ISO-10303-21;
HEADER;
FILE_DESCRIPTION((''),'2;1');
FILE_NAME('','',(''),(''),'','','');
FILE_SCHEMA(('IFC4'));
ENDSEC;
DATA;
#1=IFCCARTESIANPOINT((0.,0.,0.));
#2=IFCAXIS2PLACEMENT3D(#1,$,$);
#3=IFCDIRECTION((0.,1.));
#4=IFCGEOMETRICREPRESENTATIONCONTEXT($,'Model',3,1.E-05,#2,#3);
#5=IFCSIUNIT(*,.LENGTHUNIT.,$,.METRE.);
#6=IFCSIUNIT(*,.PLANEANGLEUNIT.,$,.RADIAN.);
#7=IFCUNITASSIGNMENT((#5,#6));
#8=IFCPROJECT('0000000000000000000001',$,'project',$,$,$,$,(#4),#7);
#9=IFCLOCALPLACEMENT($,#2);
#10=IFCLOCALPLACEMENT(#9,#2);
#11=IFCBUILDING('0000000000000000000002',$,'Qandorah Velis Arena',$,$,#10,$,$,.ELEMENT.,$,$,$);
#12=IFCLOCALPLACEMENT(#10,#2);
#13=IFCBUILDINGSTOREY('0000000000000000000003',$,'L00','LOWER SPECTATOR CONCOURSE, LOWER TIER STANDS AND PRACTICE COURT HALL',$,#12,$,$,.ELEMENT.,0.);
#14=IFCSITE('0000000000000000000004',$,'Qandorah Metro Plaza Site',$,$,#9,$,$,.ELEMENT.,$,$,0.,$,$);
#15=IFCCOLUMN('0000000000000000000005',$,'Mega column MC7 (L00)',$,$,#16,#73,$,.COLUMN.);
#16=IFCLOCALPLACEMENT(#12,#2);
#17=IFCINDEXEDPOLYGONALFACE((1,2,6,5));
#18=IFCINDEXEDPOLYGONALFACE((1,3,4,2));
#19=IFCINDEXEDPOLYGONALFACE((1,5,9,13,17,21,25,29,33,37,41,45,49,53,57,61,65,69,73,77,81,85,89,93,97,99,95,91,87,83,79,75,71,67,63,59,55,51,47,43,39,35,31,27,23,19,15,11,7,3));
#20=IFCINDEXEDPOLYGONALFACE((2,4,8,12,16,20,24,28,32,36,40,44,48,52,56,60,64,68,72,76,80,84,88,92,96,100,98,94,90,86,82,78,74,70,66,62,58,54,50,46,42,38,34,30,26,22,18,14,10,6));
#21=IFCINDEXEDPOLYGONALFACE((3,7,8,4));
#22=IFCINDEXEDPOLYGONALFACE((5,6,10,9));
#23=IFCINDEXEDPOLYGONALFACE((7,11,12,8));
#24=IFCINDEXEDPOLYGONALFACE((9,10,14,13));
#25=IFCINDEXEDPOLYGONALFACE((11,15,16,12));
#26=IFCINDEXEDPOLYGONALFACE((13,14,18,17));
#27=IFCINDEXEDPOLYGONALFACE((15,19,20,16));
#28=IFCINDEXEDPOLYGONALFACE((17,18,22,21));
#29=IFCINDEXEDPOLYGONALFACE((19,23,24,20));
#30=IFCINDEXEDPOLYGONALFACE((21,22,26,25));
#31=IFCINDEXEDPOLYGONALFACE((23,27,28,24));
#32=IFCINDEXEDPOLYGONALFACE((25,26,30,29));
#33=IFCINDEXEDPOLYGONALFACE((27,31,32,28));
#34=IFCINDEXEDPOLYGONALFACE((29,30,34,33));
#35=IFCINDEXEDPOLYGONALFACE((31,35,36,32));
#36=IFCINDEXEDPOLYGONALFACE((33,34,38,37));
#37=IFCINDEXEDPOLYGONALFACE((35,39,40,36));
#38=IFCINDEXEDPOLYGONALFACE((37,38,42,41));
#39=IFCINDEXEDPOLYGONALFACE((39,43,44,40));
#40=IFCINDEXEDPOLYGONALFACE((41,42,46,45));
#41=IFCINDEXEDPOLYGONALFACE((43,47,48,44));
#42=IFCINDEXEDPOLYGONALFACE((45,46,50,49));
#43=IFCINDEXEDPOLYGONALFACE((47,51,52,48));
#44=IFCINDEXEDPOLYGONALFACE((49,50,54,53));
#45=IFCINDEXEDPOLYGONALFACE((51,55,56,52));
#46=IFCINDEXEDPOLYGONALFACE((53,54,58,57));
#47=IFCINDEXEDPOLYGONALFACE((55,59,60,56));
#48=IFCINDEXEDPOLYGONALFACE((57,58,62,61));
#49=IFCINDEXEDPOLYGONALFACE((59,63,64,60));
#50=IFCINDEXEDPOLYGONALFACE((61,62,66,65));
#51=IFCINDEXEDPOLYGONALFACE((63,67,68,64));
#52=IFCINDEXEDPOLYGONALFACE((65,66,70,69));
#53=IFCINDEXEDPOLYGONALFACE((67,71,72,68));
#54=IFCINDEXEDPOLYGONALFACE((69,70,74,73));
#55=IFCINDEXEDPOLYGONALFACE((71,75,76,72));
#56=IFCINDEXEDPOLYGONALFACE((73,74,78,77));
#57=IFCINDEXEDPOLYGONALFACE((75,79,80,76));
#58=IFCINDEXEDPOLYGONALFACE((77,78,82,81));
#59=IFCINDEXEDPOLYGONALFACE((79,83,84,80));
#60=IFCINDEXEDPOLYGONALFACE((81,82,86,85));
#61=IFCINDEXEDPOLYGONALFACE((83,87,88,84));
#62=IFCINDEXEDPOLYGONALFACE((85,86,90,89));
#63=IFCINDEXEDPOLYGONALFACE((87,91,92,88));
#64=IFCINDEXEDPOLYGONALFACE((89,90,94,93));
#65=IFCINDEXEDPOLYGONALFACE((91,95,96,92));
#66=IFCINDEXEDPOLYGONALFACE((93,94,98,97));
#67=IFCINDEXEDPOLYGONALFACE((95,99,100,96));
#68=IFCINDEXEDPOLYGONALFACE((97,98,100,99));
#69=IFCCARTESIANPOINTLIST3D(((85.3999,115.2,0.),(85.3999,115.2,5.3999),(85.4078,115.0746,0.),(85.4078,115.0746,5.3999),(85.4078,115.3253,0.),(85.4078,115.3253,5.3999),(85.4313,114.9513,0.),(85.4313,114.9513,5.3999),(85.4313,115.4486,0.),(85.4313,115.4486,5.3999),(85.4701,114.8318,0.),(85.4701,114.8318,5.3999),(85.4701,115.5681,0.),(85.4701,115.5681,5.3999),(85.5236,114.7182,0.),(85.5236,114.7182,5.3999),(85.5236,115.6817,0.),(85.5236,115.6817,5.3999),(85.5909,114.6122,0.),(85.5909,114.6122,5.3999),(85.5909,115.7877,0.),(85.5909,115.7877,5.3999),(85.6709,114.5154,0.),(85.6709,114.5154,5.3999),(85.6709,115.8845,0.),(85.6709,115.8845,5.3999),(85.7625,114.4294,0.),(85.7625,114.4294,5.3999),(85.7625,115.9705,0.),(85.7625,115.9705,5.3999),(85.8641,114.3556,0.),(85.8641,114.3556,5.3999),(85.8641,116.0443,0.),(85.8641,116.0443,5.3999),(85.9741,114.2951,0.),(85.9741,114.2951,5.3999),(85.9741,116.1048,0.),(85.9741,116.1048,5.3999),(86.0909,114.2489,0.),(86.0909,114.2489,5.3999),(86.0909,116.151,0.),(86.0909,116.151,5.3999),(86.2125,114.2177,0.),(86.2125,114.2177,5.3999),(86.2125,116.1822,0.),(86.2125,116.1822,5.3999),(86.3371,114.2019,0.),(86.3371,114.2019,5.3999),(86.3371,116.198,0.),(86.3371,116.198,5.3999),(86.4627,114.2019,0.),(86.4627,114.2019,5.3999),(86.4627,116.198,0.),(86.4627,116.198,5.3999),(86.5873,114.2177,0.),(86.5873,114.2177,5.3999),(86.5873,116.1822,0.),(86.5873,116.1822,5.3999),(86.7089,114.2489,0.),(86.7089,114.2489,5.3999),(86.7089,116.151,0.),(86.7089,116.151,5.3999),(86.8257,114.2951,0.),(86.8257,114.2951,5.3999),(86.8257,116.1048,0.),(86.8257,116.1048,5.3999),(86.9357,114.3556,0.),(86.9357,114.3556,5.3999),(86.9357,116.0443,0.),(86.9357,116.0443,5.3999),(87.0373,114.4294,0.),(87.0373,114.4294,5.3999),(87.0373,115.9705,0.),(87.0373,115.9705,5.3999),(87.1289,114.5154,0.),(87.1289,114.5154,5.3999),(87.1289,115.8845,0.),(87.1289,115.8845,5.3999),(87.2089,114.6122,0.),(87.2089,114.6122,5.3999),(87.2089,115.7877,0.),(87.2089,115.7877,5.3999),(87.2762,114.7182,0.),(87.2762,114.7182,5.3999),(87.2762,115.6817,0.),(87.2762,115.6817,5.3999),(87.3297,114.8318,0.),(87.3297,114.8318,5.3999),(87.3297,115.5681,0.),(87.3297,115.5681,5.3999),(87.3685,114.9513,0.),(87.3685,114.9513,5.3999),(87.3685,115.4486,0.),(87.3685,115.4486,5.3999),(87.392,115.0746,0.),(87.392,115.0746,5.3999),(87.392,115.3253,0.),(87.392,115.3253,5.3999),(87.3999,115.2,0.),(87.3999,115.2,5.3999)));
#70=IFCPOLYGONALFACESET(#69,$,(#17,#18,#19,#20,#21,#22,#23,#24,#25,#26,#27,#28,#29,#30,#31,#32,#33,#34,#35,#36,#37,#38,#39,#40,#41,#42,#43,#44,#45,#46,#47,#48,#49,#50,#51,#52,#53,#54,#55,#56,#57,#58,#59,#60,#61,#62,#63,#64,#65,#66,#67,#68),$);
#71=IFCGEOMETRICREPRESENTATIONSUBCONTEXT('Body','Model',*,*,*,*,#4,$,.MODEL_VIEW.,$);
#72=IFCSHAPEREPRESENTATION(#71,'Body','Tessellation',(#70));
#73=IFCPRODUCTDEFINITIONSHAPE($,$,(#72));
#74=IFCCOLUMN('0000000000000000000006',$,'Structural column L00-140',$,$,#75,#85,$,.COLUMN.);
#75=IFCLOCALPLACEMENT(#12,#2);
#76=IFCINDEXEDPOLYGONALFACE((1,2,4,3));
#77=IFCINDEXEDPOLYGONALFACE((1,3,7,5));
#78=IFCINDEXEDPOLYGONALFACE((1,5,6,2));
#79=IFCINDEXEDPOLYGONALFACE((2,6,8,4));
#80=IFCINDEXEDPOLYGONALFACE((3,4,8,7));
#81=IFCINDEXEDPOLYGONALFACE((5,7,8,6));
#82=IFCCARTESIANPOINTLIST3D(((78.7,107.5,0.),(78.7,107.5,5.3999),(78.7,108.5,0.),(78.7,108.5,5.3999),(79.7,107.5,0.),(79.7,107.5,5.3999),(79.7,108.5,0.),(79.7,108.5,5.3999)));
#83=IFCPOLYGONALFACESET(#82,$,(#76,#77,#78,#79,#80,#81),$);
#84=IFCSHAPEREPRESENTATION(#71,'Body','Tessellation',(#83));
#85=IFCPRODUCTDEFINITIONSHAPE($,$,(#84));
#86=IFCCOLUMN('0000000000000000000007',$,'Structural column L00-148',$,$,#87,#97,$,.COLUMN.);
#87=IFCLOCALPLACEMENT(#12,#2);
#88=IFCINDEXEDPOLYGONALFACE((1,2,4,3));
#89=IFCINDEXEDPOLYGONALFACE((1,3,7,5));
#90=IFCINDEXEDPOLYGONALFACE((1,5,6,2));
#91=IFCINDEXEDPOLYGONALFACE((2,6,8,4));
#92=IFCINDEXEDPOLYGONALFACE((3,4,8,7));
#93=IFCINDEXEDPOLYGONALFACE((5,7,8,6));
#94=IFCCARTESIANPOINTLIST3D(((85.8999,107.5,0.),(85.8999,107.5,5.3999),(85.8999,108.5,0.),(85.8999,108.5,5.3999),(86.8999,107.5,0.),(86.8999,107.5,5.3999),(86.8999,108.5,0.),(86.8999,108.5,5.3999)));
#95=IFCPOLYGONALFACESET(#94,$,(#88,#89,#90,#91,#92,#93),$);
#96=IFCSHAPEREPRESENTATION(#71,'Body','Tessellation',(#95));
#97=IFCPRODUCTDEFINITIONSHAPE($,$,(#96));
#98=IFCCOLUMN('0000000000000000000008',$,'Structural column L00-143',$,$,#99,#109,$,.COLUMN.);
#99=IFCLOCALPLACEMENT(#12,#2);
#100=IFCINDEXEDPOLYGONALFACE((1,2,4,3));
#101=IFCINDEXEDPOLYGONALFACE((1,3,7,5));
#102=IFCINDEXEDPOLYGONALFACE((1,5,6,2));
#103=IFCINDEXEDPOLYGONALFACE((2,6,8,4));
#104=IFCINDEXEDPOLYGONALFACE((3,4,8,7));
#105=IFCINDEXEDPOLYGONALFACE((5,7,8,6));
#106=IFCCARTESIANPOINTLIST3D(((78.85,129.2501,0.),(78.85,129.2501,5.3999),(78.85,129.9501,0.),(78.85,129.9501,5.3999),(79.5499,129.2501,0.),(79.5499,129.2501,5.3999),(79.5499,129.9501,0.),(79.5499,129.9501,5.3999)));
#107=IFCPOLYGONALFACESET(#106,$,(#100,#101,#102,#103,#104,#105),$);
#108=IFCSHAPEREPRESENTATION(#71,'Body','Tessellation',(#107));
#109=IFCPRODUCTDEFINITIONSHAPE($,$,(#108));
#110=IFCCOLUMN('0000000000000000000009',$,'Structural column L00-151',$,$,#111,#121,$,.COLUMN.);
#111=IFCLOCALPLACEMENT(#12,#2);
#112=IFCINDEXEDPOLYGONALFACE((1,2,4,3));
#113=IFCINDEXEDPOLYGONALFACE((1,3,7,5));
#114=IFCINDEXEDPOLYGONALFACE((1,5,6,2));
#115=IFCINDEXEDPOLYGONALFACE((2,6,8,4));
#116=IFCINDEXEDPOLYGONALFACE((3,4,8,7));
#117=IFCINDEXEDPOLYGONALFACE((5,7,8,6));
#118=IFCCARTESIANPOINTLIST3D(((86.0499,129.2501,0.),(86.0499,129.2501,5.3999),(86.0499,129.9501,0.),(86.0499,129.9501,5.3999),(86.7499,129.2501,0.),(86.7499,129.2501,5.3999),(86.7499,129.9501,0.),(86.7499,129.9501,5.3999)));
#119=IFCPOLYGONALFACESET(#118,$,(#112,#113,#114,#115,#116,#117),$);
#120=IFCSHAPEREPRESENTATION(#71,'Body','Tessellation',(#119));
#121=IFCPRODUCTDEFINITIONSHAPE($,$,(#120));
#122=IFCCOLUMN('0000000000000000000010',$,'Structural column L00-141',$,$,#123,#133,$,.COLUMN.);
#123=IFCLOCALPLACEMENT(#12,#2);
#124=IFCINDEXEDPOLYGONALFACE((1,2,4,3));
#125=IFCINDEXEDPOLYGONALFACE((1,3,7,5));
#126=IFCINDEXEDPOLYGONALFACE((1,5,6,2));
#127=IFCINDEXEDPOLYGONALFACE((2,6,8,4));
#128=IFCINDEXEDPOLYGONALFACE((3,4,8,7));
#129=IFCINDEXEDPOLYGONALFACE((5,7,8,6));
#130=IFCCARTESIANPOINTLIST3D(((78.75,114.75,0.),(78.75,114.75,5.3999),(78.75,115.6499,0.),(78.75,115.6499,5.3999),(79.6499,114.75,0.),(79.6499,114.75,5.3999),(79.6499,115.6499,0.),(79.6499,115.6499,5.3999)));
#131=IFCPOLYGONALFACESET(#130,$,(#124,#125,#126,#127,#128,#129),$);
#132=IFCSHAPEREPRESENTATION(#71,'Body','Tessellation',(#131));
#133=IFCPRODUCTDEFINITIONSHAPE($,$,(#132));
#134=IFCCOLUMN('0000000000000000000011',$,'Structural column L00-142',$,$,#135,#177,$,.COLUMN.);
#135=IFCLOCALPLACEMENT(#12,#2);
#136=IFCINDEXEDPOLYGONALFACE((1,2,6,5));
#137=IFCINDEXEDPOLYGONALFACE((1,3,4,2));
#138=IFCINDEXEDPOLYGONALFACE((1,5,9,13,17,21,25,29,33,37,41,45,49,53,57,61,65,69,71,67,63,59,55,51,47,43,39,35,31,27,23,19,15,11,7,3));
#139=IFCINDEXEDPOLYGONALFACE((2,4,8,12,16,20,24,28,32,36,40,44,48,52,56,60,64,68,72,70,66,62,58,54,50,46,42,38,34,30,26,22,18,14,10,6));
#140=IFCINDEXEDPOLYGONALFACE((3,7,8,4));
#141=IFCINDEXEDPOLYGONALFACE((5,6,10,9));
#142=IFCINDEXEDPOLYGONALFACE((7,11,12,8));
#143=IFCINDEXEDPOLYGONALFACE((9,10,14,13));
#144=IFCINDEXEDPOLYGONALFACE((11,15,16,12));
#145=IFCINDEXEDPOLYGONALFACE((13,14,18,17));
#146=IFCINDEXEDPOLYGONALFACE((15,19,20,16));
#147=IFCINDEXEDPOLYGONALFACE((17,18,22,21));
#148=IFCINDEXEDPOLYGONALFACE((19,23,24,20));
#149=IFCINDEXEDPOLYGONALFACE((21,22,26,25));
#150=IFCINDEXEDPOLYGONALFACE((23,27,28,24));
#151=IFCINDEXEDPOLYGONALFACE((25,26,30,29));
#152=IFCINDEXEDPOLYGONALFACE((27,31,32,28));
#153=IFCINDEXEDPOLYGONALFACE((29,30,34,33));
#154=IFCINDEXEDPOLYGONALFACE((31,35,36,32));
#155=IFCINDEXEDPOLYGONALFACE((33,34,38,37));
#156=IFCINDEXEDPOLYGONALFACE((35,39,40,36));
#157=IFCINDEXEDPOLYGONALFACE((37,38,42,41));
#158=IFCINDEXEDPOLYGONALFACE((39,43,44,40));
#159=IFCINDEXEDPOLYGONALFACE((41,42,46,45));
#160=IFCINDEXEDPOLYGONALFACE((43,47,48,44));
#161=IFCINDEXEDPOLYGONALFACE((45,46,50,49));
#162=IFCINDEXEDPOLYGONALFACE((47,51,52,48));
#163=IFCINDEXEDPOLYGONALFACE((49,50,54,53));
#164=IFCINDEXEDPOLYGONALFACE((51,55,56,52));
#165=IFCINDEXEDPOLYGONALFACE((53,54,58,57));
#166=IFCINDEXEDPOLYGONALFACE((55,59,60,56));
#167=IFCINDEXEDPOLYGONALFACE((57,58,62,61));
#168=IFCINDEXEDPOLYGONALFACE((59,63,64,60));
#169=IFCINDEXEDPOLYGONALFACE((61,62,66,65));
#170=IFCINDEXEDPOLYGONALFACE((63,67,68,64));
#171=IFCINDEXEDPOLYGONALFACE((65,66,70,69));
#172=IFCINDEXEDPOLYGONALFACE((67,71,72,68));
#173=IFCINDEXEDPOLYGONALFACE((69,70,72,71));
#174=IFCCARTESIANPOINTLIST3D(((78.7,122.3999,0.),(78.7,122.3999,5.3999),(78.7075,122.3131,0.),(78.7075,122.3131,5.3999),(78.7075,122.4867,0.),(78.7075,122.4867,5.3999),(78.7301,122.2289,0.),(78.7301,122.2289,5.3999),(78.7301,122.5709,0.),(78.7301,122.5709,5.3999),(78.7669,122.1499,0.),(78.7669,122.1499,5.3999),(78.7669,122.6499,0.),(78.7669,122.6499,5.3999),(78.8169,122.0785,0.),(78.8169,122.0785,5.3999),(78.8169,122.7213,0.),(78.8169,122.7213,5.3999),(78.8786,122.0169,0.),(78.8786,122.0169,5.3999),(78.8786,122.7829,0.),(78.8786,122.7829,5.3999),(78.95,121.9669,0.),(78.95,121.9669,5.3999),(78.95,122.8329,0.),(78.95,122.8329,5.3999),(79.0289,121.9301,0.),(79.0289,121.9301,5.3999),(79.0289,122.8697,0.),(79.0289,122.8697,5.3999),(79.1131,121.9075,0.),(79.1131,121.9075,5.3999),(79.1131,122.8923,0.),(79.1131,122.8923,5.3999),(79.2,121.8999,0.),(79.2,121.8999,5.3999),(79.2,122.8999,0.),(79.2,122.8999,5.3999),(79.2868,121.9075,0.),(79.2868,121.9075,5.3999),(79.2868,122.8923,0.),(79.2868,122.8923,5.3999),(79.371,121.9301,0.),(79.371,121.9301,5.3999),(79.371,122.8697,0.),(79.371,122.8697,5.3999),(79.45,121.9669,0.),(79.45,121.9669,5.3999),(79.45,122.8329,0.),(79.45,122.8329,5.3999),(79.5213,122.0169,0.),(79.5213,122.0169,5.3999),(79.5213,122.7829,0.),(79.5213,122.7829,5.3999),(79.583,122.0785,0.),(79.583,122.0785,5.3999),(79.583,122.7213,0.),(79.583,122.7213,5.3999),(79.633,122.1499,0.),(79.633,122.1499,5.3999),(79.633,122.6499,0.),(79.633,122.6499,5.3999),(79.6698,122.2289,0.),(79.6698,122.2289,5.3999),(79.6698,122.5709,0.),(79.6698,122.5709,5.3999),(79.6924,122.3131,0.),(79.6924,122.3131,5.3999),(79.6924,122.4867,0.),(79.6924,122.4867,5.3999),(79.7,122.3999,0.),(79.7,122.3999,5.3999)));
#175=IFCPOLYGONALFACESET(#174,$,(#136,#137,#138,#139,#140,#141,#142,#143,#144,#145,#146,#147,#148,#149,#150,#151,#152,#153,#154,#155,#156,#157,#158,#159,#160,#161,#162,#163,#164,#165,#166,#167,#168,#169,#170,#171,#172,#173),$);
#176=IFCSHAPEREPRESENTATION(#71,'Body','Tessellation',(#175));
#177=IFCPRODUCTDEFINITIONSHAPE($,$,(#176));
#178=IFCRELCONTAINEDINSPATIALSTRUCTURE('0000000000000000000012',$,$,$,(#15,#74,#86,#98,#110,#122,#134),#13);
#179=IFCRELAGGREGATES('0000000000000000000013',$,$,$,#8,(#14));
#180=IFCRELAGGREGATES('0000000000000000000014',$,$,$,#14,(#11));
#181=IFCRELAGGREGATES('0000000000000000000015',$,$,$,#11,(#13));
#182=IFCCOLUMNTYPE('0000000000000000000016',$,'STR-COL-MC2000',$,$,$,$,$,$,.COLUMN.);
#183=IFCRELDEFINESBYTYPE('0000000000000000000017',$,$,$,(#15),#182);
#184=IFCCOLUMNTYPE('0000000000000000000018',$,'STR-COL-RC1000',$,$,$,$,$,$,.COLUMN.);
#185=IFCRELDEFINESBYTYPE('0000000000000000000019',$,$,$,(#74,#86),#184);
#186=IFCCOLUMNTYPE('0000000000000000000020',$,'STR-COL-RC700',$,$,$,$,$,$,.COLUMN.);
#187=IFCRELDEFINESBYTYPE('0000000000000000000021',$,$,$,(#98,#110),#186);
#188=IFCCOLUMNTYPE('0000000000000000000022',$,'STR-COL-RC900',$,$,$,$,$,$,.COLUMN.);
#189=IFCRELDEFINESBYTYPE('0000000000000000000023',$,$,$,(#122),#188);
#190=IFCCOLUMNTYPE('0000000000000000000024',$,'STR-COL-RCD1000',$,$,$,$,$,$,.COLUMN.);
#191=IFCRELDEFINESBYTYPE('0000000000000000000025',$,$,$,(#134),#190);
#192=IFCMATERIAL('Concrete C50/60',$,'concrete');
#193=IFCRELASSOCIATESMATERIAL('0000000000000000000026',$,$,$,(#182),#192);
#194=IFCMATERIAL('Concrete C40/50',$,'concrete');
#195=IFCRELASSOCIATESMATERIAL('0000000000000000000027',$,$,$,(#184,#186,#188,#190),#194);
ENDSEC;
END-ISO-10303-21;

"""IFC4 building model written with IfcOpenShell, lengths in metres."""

from ifc_helpers import new_model, si_unit, direction, frame, origin, origin_2d, place, context, subcontext, project, spatial, rectangle, circle, extrude, material, material_profile, profile_set, type_object, element, save


model = new_model("IFC4")

# Units and contexts
model_context = context("Model", 3, precision=1e-05, world=origin(), true_north=direction((0.0, 1.0)))
body_context = subcontext(model_context, "Body", "Model", "MODEL_VIEW")
ifc_project = project(units=[si_unit("LENGTHUNIT", "METRE"), si_unit("PLANEANGLEUNIT", "RADIAN")], contexts=[model_context])

# Site, building, storey
site_placement = place(None, origin())
site = spatial("IfcSite", under=ifc_project, at=site_placement, Name="Qandorah Metro Plaza Site", CompositionType="ELEMENT", RefElevation=0.0)
building_placement = place(site_placement, origin())
building = spatial("IfcBuilding", under=site, at=building_placement, Name="Qandorah Velis Arena", CompositionType="ELEMENT")
storey_placement = place(building_placement, origin())
storey = spatial("IfcBuildingStorey", under=building, at=storey_placement, Name="L00", Description="LOWER SPECTATOR CONCOURSE, LOWER TIER STANDS AND PRACTICE COURT HALL", CompositionType="ELEMENT", Elevation=0.0)

# Columns
ifc_material_1 = material(Name="Concrete C50/60", Category="concrete")
ifc_material_profile_1 = material_profile(ifc_material_1, circle(Radius=1.0, at=origin_2d()), Name="MC D2000")
ifc_profile_set_1 = profile_set([ifc_material_profile_1], Name="Concrete C50/60")
column_type_1 = type_object("IfcColumnType", Name="STR-COL-MC2000", PredefinedType="COLUMN", material=ifc_profile_set_1)
column_1_placement = place(storey_placement, frame((86.3999, 115.2, 0.0), z_axis=(0.0, 0.0, 1.0), x_axis=(1.0, 0.0, 0.0)))
element("IfcColumn", 1, at=column_1_placement, inside=storey, type_object=column_type_1, Name="Mega column MC7 (L00)", PredefinedType="COLUMN", context=body_context, shape_type="SweptSolid", body=[
    extrude(circle(Radius=1.0, at=origin_2d()), origin(), (0.0, 0.0, 1.0), 5.3999),
])
ifc_material_2 = material(Name="Concrete C40/50", Category="concrete")
ifc_material_profile_2 = material_profile(ifc_material_2, rectangle(XDim=1.0, YDim=1.0, at=origin_2d()), Name="RC COL 1000x1000")
ifc_profile_set_2 = profile_set([ifc_material_profile_2], Name="Concrete C40/50")
column_type_2 = type_object("IfcColumnType", Name="STR-COL-RC1000", PredefinedType="COLUMN", material=ifc_profile_set_2)
for number, where, z_axis, x_axis, name in (
    (2, (79.2, 108.0, 0.0), (0.0, 0.0, 1.0), (1.0, 0.0, 0.0), "Structural column L00-140"),
    (3, (86.3999, 108.0, 0.0), (0.0, 0.0, 1.0), (1.0, 0.0, 0.0), "Structural column L00-148"),
):
    element("IfcColumn", number, at=place(storey_placement, frame(where, z_axis=z_axis, x_axis=x_axis)), inside=storey, type_object=column_type_2, Name=name, PredefinedType="COLUMN", context=body_context, shape_type="SweptSolid", body=[
        extrude(rectangle(XDim=1.0, YDim=1.0, at=origin_2d()), origin(), (0.0, 0.0, 1.0), 5.3999),
    ])
ifc_material_profile_3 = material_profile(ifc_material_2, rectangle(XDim=0.7, YDim=0.7, at=origin_2d()), Name="RC COL 700x700")
ifc_profile_set_3 = profile_set([ifc_material_profile_3], Name="Concrete C40/50")
column_type_3 = type_object("IfcColumnType", Name="STR-COL-RC700", PredefinedType="COLUMN", material=ifc_profile_set_3)
for number, where, z_axis, x_axis, name in (
    (4, (79.2, 129.6001, 0.0), (0.0, 0.0, 1.0), (1.0, 0.0, 0.0), "Structural column L00-143"),
    (5, (86.3999, 129.6001, 0.0), (0.0, 0.0, 1.0), (1.0, 0.0, 0.0), "Structural column L00-151"),
):
    element("IfcColumn", number, at=place(storey_placement, frame(where, z_axis=z_axis, x_axis=x_axis)), inside=storey, type_object=column_type_3, Name=name, PredefinedType="COLUMN", context=body_context, shape_type="SweptSolid", body=[
        extrude(rectangle(XDim=0.7, YDim=0.7, at=origin_2d()), origin(), (0.0, 0.0, 1.0), 5.3999),
    ])
ifc_material_profile_4 = material_profile(ifc_material_2, rectangle(XDim=0.8999, YDim=0.8999, at=origin_2d()), Name="RC COL 900x900")
ifc_profile_set_4 = profile_set([ifc_material_profile_4], Name="Concrete C40/50")
column_type_4 = type_object("IfcColumnType", Name="STR-COL-RC900", PredefinedType="COLUMN", material=ifc_profile_set_4)
column_2_placement = place(storey_placement, frame((79.2, 115.2, 0.0), z_axis=(0.0, 0.0, 1.0), x_axis=(1.0, 0.0, 0.0)))
element("IfcColumn", 6, at=column_2_placement, inside=storey, type_object=column_type_4, Name="Structural column L00-141", PredefinedType="COLUMN", context=body_context, shape_type="SweptSolid", body=[
    extrude(rectangle(XDim=0.8999, YDim=0.8999, at=origin_2d()), origin(), (0.0, 0.0, 1.0), 5.3999),
])
ifc_material_profile_5 = material_profile(ifc_material_2, circle(Radius=0.5, at=origin_2d()), Name="RC D1000")
ifc_profile_set_5 = profile_set([ifc_material_profile_5], Name="Concrete C40/50")
column_type_5 = type_object("IfcColumnType", Name="STR-COL-RCD1000", PredefinedType="COLUMN", material=ifc_profile_set_5)
for number, where, z_axis, x_axis, name in (
    (7, (79.2, 122.3999, 0.0), (0.0, 0.0, 1.0), (1.0, 0.0, 0.0), "Structural column L00-142"),
):
    element("IfcColumn", number, at=place(storey_placement, frame(where, z_axis=z_axis, x_axis=x_axis)), inside=storey, type_object=column_type_5, Name=name, PredefinedType="COLUMN", context=body_context, shape_type="SweptSolid", body=[
        extrude(circle(Radius=0.5, at=origin_2d()), origin(), (0.0, 0.0, 1.0), 5.3999),
    ])

save(model, "model.ifc")
